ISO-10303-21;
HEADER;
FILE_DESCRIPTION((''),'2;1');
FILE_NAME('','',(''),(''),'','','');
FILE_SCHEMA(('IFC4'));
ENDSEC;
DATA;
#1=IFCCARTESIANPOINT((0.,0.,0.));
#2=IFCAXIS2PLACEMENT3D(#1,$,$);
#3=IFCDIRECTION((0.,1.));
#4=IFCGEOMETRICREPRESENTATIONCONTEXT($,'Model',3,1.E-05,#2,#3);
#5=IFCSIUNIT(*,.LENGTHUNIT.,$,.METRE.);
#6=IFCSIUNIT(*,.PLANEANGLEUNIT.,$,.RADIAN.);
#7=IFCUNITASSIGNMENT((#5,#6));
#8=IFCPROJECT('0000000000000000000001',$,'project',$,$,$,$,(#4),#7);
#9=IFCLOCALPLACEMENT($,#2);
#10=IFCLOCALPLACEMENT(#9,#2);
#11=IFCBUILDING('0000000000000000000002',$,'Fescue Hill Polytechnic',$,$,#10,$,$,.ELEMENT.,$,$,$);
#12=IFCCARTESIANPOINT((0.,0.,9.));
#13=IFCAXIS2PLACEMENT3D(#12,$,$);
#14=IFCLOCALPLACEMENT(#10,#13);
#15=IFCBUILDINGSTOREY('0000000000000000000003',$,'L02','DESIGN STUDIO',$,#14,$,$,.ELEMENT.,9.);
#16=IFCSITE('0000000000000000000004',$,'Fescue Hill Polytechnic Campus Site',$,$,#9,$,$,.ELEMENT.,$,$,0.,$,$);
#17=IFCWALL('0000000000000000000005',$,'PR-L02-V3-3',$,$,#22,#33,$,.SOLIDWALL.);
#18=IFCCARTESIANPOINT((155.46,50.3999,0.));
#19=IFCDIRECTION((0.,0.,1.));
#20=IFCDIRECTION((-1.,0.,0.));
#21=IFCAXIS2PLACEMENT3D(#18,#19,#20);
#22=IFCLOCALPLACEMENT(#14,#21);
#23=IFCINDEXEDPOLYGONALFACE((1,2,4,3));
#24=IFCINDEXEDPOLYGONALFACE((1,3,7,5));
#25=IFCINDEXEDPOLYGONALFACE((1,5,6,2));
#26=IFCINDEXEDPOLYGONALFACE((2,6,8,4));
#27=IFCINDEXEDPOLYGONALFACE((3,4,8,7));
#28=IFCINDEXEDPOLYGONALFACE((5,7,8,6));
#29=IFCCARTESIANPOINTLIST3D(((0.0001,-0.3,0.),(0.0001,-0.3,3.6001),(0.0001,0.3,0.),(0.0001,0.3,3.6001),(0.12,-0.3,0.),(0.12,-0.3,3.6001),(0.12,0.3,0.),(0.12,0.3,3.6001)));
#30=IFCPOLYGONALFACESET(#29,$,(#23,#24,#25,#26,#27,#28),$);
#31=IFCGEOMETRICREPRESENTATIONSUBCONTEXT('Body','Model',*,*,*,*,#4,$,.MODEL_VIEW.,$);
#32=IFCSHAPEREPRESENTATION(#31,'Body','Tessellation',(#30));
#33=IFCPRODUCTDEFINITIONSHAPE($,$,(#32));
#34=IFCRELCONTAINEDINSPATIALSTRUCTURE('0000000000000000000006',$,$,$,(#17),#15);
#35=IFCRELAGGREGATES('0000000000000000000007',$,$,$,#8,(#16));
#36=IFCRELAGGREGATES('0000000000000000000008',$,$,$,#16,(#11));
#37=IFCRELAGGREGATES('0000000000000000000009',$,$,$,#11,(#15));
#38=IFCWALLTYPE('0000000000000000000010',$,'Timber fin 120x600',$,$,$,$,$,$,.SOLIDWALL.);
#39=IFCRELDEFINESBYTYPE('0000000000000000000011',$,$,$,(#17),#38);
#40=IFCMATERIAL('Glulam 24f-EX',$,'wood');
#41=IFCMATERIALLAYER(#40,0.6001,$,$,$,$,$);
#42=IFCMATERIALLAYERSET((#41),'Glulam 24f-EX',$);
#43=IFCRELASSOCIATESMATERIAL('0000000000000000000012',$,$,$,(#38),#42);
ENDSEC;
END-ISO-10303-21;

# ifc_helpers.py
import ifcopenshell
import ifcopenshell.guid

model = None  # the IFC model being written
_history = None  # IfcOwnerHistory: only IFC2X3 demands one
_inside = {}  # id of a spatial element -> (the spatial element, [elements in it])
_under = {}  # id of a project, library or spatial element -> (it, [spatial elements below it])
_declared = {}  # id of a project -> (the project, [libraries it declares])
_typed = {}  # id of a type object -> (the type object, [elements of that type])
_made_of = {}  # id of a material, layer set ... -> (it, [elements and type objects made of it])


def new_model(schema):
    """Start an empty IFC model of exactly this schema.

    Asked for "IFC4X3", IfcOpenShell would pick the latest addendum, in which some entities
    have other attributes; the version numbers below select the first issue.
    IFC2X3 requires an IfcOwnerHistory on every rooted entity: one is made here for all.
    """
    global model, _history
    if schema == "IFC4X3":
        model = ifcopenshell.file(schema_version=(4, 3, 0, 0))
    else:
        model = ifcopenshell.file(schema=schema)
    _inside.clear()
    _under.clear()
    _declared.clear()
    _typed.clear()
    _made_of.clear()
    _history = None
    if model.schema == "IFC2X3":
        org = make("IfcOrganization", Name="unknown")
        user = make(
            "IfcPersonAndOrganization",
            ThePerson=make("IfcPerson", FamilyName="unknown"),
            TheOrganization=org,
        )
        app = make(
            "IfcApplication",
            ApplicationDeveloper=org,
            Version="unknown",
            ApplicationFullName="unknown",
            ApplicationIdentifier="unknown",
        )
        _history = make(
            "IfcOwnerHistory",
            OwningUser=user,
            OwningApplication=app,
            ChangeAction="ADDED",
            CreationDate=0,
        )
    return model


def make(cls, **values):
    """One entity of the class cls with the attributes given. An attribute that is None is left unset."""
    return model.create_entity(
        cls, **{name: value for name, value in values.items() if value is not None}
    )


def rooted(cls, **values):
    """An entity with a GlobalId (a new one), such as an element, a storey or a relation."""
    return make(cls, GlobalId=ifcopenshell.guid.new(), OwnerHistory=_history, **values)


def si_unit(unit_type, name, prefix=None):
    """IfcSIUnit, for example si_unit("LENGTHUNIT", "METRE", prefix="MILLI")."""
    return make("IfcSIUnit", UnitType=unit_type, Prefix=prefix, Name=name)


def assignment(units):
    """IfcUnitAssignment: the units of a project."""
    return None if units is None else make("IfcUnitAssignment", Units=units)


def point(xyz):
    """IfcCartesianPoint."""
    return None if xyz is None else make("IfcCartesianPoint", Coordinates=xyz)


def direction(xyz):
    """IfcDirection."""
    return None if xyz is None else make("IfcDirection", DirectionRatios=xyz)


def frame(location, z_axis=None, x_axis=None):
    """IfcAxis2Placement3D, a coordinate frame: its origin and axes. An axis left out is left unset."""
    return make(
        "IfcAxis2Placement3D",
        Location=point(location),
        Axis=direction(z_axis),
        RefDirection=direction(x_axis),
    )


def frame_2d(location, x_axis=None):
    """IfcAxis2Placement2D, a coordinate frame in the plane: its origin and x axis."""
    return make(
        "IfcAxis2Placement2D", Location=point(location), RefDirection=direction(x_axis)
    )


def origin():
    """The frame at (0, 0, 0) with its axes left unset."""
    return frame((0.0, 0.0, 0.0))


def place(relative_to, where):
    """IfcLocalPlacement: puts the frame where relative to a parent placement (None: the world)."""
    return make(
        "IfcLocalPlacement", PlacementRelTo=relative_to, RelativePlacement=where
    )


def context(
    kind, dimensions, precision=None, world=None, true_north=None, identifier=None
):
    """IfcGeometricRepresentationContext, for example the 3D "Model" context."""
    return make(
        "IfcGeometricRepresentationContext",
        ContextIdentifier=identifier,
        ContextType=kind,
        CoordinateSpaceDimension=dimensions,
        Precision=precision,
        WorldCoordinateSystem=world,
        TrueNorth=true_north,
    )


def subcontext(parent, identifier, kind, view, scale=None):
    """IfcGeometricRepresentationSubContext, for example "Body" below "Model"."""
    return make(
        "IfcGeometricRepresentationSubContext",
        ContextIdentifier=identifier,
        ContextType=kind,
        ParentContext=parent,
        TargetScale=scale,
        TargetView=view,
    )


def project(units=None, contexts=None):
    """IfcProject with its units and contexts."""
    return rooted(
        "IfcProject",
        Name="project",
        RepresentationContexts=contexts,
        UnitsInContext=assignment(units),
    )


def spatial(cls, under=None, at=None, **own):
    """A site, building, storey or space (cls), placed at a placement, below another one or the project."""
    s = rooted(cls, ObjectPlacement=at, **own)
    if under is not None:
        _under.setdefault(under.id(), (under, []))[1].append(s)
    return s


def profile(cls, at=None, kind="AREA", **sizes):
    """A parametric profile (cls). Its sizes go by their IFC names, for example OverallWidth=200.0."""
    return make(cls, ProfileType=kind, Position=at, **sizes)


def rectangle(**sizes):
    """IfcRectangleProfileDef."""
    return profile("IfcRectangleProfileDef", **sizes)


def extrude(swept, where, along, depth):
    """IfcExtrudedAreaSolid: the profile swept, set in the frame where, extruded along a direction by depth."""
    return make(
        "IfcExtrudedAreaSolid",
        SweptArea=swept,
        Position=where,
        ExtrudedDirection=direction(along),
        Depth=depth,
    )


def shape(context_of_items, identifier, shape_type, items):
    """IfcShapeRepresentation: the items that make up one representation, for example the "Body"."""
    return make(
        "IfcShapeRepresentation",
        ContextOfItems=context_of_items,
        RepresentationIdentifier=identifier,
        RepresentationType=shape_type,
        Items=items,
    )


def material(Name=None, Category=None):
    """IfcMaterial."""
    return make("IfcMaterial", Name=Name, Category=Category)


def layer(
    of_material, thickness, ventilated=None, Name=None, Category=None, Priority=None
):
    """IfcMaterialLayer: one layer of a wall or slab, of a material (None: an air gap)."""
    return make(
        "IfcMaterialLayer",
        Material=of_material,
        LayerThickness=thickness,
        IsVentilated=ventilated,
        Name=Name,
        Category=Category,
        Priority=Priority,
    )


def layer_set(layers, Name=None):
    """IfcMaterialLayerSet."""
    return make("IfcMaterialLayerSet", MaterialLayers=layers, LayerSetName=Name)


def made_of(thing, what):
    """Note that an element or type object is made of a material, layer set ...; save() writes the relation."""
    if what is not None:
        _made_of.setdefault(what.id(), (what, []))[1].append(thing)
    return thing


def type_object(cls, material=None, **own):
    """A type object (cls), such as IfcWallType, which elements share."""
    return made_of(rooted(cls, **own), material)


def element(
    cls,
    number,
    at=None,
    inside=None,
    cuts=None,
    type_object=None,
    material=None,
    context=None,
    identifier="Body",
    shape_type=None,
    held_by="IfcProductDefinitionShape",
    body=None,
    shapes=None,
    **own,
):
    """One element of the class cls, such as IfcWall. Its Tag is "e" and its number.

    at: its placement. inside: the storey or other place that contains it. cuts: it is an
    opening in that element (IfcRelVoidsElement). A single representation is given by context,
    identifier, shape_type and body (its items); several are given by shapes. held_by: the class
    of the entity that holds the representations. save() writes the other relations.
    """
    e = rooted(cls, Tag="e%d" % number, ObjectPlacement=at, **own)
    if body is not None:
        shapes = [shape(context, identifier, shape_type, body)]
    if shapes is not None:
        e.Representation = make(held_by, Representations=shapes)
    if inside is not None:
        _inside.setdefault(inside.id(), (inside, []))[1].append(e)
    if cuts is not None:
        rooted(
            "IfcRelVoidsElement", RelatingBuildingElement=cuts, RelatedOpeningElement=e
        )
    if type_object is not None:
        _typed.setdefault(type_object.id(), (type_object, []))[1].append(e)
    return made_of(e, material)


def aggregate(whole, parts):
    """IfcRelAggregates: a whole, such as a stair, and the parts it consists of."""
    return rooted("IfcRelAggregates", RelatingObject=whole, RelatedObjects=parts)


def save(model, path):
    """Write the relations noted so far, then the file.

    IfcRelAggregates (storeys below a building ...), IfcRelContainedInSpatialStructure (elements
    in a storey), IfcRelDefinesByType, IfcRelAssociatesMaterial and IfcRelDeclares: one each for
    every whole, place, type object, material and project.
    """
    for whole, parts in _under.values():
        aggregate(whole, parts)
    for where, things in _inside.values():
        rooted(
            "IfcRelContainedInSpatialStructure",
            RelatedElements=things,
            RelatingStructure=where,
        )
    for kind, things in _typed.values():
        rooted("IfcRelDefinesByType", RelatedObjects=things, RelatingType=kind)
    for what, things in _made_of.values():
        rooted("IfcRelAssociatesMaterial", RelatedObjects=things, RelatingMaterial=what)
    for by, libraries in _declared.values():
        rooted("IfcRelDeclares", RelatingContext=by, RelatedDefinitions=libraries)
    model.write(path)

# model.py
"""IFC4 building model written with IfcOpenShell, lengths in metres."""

from ifc_helpers import new_model, si_unit, direction, frame, frame_2d, origin, place, context, subcontext, project, spatial, rectangle, extrude, material, layer, layer_set, type_object, element, save


model = new_model("IFC4")

# Units and contexts
model_context = context("Model", 3, precision=1e-05, world=origin(), true_north=direction((0.0, 1.0)))
body_context = subcontext(model_context, "Body", "Model", "MODEL_VIEW")
ifc_project = project(units=[si_unit("LENGTHUNIT", "METRE"), si_unit("PLANEANGLEUNIT", "RADIAN")], contexts=[model_context])

# Site, building, storey
site_placement = place(None, origin())
site = spatial("IfcSite", under=ifc_project, at=site_placement, Name="Fescue Hill Polytechnic Campus Site", CompositionType="ELEMENT", RefElevation=0.0)
building_placement = place(site_placement, origin())
building = spatial("IfcBuilding", under=site, at=building_placement, Name="Fescue Hill Polytechnic", CompositionType="ELEMENT")
storey_placement = place(building_placement, frame((0.0, 0.0, 9.0)))
storey = spatial("IfcBuildingStorey", under=building, at=storey_placement, Name="L02", Description="DESIGN STUDIO", CompositionType="ELEMENT", Elevation=9.0)

# Wall
ifc_material_1 = material(Name="Glulam 24f-EX", Category="wood")
ifc_layer_1 = layer(ifc_material_1, 0.6001)
ifc_layer_set_1 = layer_set([ifc_layer_1], Name="Glulam 24f-EX")
wall_type_1 = type_object("IfcWallType", Name="Timber fin 120x600", PredefinedType="SOLIDWALL", material=ifc_layer_set_1)
wall_1_placement = place(storey_placement, frame((155.46, 50.3999, 0.0), z_axis=(0.0, 0.0, 1.0), x_axis=(-1.0, 0.0, 0.0)))
element("IfcWall", 1, at=wall_1_placement, inside=storey, type_object=wall_type_1, Name="PR-L02-V3-3", PredefinedType="SOLIDWALL", context=body_context, shape_type="SweptSolid", body=[
    extrude(rectangle(XDim=0.1199, YDim=0.6001, at=frame_2d((0.0601, 0.0))), origin(), (0.0, 0.0, 1.0), 3.6001),
])

save(model, "model.ifc")
